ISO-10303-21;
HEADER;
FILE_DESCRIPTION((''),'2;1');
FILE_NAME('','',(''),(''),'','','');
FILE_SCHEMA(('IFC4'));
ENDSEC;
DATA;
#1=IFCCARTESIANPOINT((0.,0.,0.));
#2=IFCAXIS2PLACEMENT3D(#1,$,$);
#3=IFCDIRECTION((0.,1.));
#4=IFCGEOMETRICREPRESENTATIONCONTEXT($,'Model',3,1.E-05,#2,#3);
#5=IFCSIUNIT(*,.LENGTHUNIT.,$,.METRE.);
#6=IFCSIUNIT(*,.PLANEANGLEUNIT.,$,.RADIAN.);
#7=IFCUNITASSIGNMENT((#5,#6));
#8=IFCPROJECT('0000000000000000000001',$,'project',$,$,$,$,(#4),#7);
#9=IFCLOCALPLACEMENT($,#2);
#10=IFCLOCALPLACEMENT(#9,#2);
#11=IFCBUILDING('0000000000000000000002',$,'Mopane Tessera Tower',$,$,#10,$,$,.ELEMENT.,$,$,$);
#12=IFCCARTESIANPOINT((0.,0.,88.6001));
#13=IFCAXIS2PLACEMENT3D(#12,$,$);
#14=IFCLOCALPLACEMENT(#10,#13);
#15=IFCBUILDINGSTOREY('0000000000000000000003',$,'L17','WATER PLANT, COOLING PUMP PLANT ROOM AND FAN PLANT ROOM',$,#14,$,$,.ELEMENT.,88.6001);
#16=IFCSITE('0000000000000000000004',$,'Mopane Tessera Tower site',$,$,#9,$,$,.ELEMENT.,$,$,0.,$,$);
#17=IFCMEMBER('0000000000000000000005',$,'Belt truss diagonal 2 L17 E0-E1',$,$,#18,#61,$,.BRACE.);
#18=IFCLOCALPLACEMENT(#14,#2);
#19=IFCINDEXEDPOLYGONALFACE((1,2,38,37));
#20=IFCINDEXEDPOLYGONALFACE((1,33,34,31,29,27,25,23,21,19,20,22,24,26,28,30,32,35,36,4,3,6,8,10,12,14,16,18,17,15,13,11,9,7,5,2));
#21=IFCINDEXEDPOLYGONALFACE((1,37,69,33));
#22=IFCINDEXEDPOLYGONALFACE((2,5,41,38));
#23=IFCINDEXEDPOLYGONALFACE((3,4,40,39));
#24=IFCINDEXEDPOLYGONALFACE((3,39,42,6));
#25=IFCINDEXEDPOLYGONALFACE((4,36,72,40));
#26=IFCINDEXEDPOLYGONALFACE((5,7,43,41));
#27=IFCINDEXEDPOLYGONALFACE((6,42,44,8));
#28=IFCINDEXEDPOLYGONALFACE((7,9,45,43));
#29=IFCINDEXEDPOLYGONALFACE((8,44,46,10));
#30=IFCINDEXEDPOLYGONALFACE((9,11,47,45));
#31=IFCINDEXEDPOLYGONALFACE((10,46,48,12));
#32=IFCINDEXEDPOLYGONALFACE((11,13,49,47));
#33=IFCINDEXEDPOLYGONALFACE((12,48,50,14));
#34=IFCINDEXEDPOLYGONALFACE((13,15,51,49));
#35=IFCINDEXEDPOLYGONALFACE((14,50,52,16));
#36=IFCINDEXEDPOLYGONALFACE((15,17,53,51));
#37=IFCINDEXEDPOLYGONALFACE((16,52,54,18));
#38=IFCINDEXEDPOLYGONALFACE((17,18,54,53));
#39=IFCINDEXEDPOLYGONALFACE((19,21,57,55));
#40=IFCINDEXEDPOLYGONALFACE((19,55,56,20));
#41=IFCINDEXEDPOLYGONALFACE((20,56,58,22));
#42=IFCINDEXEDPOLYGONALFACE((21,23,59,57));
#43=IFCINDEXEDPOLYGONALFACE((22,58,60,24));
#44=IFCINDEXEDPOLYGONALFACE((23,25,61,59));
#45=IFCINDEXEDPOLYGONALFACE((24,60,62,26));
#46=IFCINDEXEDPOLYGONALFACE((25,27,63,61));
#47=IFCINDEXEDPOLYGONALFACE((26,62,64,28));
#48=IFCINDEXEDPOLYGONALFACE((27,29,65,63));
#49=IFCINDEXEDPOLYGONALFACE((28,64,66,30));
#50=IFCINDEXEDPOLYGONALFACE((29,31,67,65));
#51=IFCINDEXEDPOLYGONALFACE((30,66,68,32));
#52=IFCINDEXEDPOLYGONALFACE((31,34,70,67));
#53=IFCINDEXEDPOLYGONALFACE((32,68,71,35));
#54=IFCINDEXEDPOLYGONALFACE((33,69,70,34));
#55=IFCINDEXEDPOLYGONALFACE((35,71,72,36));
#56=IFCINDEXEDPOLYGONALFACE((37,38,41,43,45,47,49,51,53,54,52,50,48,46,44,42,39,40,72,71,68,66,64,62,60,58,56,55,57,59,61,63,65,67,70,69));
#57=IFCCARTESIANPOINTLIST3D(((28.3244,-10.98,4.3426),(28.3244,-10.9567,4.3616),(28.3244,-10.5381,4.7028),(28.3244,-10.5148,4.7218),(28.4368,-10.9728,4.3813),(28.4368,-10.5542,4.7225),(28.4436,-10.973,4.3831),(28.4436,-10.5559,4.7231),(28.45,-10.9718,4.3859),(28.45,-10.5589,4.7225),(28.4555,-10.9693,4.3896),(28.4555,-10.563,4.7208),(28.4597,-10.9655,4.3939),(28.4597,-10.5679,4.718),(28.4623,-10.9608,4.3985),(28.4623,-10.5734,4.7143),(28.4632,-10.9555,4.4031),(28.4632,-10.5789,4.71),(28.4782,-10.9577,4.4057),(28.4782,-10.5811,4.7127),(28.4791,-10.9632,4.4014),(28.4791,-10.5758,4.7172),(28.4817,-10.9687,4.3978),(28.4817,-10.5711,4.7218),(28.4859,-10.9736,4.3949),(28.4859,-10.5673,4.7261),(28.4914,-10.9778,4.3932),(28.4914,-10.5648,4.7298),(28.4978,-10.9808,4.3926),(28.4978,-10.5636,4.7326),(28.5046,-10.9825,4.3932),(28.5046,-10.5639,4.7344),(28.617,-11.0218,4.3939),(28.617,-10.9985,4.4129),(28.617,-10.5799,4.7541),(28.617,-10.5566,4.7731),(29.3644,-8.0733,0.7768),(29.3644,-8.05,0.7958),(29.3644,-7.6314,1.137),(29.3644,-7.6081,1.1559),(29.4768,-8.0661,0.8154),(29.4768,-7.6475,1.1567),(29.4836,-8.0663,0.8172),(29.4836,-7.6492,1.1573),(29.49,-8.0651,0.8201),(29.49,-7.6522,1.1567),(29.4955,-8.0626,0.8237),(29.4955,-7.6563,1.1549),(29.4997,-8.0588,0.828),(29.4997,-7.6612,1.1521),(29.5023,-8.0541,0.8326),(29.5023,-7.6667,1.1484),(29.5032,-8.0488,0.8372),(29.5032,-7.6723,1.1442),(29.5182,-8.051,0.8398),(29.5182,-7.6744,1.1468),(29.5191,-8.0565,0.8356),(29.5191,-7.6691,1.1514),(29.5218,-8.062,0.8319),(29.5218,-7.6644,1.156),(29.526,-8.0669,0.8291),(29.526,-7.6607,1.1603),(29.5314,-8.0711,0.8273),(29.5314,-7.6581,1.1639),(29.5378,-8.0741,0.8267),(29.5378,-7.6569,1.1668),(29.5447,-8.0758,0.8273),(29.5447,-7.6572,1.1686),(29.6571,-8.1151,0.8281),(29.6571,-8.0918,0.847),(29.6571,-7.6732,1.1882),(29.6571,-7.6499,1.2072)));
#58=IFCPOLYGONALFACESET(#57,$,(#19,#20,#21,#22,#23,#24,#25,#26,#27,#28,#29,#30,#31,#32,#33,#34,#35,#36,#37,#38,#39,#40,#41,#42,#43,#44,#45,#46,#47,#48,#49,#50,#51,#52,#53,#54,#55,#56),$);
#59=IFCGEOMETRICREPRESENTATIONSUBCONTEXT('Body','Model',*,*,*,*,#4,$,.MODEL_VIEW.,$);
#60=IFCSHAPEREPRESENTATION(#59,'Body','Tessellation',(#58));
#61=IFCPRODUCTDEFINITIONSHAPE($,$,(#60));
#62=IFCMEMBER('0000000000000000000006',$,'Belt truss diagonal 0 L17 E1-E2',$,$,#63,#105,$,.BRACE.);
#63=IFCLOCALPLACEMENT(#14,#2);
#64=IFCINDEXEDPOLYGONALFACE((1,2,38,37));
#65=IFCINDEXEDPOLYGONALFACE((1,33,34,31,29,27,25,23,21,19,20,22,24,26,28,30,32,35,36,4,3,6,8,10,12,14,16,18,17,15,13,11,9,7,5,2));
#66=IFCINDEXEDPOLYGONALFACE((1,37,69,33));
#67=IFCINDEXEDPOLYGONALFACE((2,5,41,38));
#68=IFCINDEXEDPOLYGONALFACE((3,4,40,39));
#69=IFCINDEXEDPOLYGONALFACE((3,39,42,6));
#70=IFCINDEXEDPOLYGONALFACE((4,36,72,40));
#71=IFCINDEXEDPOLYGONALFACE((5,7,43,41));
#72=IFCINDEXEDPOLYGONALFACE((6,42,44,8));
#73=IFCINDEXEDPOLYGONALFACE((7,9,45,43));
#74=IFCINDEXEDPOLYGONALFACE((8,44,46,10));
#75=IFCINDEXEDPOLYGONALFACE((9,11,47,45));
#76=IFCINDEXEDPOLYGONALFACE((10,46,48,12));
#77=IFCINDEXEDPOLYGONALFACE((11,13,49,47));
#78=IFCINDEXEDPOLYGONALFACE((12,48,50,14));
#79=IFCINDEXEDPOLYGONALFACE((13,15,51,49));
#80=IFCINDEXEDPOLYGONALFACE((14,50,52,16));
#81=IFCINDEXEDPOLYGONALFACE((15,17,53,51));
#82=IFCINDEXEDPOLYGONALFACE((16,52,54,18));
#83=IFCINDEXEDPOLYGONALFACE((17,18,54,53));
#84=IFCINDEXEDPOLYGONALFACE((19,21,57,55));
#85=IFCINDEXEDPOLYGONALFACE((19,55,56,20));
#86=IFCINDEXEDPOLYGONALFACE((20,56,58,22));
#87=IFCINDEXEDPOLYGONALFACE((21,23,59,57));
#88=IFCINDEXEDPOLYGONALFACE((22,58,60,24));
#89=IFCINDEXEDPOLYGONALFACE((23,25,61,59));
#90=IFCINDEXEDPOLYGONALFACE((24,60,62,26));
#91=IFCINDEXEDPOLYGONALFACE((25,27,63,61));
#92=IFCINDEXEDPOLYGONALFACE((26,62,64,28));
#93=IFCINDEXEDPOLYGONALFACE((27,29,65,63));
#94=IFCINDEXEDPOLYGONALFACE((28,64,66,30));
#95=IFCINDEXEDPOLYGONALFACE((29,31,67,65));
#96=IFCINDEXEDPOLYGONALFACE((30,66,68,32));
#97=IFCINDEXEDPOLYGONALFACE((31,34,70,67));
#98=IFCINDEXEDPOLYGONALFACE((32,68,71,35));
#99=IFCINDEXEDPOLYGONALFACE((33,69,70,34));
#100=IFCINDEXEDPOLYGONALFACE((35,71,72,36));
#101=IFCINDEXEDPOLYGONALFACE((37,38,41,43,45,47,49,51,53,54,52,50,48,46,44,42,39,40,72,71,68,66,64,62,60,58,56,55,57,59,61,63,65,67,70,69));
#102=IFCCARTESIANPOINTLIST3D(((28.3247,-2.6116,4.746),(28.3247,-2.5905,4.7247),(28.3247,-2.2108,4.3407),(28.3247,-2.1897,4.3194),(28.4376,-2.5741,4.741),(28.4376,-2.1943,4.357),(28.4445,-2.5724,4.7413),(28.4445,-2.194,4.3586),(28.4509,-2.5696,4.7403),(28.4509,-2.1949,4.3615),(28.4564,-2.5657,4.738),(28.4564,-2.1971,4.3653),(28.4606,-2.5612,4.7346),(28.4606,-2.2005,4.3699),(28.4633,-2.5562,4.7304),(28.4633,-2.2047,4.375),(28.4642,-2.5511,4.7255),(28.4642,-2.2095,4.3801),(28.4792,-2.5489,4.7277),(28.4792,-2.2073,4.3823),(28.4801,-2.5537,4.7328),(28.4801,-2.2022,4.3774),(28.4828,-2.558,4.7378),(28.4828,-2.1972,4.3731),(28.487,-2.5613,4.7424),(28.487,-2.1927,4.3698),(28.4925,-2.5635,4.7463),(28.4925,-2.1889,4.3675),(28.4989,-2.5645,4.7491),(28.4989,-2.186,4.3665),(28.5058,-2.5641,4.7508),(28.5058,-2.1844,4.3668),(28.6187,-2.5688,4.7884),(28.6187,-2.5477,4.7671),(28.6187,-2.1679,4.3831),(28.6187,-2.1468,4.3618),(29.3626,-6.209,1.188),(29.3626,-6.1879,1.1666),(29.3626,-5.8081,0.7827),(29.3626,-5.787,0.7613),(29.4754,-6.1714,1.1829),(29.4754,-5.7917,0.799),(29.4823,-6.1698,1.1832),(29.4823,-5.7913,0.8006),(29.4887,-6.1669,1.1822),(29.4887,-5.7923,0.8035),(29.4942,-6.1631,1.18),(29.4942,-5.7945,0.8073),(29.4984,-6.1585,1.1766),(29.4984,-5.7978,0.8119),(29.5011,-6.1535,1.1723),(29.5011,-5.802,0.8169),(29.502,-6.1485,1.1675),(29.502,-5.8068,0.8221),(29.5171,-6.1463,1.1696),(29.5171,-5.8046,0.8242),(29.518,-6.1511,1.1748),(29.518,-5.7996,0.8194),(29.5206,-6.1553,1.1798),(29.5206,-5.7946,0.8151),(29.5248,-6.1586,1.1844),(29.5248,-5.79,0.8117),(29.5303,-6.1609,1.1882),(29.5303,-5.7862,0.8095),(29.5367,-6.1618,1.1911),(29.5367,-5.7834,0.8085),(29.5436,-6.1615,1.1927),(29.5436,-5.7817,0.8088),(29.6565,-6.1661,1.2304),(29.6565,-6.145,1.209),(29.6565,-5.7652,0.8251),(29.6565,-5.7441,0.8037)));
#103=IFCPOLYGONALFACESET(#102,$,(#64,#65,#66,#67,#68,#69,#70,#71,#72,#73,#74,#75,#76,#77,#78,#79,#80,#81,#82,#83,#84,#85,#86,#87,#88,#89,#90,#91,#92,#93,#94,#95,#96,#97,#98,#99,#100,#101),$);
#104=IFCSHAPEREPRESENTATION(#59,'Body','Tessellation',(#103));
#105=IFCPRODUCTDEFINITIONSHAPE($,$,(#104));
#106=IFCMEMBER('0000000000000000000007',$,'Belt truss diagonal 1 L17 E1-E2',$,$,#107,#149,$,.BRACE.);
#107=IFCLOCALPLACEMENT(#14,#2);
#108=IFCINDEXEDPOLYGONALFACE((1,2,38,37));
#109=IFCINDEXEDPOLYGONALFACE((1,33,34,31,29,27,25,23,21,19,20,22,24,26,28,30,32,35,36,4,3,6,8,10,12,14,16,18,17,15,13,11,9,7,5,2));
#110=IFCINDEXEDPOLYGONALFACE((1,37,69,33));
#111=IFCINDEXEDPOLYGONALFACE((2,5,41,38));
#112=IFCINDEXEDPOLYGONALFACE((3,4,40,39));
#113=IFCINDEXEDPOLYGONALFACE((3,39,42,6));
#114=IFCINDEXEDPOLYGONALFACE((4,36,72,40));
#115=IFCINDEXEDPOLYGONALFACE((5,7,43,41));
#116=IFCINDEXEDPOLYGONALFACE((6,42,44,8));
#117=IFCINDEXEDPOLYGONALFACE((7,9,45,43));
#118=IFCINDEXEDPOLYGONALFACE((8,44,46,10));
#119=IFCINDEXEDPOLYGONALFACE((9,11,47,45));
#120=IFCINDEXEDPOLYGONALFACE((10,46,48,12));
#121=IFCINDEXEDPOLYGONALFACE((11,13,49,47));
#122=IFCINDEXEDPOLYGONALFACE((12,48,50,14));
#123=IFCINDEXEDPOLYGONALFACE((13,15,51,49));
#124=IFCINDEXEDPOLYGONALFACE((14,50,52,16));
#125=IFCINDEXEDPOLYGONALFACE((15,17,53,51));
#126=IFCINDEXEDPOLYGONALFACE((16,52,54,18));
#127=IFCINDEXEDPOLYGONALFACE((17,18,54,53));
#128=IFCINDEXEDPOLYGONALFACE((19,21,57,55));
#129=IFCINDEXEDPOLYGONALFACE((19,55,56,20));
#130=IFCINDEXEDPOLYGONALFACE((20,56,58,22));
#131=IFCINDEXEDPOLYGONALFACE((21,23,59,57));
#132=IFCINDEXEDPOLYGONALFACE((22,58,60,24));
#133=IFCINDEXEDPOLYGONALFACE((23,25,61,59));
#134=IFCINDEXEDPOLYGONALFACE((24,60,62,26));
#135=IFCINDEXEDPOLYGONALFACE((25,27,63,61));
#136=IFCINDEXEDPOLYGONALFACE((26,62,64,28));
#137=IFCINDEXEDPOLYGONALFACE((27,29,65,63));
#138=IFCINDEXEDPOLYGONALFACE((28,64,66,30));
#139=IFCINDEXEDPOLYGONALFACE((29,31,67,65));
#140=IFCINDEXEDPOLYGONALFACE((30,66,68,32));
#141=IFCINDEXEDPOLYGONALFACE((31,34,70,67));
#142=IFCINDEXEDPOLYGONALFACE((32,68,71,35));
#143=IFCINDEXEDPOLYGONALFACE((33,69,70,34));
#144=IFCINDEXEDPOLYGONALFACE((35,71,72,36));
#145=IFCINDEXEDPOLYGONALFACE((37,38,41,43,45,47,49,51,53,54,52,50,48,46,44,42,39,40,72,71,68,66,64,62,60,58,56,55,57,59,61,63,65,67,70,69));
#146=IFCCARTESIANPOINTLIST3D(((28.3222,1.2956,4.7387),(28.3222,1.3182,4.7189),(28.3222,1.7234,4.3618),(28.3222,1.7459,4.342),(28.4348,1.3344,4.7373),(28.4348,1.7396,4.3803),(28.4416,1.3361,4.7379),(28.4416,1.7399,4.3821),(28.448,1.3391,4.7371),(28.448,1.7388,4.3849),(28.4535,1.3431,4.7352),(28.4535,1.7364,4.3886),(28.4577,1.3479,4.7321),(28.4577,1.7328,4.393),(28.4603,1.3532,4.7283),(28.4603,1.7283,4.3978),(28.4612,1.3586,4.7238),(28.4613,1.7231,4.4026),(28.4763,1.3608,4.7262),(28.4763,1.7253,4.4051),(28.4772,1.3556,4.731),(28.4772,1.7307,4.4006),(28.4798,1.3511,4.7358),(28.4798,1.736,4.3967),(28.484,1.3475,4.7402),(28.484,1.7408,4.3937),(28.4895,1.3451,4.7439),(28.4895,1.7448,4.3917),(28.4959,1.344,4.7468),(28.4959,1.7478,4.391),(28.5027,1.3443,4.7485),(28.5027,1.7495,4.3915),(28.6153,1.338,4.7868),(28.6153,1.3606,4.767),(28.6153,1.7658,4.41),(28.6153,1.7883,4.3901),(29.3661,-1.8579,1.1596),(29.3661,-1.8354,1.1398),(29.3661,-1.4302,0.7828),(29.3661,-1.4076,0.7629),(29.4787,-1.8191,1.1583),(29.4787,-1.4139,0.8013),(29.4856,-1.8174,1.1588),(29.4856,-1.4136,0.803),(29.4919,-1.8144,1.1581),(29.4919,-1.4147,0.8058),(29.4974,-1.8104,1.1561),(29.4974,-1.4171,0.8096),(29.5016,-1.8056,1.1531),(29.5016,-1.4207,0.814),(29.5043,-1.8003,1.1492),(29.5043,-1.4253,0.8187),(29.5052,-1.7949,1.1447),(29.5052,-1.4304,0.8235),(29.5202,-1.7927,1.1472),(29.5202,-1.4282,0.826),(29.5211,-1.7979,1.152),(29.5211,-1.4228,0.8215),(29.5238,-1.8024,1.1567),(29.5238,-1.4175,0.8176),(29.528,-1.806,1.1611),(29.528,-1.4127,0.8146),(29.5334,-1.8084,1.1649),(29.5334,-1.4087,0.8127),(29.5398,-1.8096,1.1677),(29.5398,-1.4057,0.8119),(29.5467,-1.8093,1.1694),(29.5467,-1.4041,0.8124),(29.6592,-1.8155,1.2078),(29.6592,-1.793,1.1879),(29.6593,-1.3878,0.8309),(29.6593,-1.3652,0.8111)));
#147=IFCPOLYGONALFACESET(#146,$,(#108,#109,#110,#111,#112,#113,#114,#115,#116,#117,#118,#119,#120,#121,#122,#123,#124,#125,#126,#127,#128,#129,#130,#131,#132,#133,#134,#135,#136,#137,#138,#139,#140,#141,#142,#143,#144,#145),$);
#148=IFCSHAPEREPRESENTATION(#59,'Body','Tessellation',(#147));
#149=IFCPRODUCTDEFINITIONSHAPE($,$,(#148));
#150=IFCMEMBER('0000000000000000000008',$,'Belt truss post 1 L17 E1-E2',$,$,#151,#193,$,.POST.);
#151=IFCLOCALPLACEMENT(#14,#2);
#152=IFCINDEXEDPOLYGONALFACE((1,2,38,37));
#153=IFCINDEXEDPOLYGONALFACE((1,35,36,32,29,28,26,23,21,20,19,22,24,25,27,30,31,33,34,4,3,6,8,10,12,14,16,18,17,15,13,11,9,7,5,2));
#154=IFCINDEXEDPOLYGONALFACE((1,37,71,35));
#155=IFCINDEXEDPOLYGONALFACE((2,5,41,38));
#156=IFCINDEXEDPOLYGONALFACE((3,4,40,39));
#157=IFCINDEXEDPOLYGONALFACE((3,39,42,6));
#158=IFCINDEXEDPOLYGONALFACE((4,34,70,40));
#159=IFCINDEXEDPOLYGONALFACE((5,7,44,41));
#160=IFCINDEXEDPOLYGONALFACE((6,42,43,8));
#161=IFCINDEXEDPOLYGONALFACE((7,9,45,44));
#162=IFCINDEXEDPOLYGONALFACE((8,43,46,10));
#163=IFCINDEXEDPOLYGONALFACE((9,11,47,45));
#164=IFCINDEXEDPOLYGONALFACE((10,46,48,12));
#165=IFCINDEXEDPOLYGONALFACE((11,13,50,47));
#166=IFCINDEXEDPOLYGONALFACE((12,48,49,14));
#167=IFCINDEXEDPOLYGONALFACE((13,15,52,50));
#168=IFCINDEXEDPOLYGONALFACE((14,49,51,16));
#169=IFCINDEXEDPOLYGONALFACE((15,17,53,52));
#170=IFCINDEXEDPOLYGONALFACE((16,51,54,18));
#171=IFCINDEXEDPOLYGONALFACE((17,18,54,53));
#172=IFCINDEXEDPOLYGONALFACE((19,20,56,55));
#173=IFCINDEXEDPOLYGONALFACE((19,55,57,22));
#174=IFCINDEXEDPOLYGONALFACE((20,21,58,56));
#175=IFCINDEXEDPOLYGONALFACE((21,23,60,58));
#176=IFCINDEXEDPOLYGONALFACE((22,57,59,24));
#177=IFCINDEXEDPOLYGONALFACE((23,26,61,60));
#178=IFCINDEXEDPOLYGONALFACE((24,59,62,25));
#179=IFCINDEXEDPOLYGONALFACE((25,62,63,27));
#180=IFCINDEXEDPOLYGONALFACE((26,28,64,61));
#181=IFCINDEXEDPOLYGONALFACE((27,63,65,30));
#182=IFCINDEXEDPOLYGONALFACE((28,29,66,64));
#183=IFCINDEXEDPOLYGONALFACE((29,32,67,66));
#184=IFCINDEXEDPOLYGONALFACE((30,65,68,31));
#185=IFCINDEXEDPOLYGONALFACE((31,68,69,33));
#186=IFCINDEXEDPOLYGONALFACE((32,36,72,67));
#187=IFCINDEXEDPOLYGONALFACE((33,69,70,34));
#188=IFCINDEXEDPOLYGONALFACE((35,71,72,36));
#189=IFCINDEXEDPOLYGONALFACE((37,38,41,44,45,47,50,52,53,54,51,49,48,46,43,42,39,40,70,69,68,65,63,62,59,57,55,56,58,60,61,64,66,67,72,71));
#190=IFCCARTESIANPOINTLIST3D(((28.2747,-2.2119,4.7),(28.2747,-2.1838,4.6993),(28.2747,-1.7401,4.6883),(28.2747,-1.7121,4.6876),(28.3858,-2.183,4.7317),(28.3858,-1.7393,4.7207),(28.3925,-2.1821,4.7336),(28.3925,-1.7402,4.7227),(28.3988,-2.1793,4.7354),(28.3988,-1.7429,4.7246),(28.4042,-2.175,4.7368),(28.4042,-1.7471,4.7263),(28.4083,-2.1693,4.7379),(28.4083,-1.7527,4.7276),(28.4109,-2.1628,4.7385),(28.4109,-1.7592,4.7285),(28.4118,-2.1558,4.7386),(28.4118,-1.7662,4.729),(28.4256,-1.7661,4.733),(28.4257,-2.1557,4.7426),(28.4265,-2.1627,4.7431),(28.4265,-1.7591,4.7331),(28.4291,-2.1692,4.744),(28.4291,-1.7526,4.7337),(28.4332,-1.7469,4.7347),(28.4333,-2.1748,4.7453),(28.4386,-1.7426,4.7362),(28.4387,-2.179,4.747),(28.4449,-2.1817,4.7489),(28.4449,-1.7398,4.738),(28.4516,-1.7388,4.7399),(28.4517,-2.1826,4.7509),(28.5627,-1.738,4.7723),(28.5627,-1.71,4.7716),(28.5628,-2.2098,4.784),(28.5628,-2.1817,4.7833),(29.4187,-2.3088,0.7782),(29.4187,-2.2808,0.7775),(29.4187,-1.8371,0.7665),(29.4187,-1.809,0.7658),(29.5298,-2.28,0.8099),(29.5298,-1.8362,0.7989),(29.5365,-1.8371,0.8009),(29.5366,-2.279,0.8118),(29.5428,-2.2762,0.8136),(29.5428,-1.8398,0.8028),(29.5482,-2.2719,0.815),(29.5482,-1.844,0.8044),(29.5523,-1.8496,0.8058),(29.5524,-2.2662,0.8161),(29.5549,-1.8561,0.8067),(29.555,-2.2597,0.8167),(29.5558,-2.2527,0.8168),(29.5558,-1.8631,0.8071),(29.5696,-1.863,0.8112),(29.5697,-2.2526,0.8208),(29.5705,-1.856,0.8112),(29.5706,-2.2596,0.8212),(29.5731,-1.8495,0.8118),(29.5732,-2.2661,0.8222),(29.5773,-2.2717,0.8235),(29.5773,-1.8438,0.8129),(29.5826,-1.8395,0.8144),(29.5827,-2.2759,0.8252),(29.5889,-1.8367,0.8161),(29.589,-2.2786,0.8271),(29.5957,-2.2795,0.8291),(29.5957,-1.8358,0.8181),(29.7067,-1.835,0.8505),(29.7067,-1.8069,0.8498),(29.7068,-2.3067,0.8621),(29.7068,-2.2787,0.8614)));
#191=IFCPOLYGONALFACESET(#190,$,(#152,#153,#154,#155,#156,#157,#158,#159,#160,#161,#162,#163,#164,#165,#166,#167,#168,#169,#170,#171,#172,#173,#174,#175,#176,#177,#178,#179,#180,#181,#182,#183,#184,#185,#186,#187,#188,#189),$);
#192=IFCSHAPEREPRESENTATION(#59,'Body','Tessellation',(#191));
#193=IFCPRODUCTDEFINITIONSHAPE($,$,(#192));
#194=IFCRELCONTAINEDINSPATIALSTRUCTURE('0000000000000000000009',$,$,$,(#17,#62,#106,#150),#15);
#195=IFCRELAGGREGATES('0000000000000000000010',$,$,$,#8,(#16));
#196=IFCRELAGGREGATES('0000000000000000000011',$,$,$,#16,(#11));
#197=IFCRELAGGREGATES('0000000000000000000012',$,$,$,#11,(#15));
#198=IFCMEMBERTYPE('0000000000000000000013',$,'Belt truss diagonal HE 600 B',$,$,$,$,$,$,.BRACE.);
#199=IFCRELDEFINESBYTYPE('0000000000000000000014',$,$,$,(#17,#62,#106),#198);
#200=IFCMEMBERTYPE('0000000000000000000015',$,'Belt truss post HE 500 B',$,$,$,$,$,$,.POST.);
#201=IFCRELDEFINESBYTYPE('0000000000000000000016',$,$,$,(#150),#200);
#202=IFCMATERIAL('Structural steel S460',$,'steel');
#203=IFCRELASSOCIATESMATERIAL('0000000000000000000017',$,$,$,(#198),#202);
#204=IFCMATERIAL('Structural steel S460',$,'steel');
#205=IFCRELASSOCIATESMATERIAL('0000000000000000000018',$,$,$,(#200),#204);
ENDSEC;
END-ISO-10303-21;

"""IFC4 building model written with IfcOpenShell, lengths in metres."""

from ifc_helpers import new_model, si_unit, direction, frame, origin, origin_2d, place, context, subcontext, project, spatial, i_section, extrude, material, material_profile, profile_set, type_object, element, save


model = new_model("IFC4")

# Units and contexts
model_context = context("Model", 3, precision=1e-05, world=origin(), true_north=direction((0.0, 1.0)))
body_context = subcontext(model_context, "Body", "Model", "MODEL_VIEW")
ifc_project = project(units=[si_unit("LENGTHUNIT", "METRE"), si_unit("PLANEANGLEUNIT", "RADIAN")], contexts=[model_context])

# Site, building, storey
site_placement = place(None, origin())
site = spatial("IfcSite", under=ifc_project, at=site_placement, Name="Mopane Tessera Tower site", CompositionType="ELEMENT", RefElevation=0.0)
building_placement = place(site_placement, origin())
building = spatial("IfcBuilding", under=site, at=building_placement, Name="Mopane Tessera Tower", CompositionType="ELEMENT")
storey_placement = place(building_placement, frame((0.0, 0.0, 88.6001)))
storey = spatial("IfcBuildingStorey", under=building, at=storey_placement, Name="L17", Description="WATER PLANT, COOLING PUMP PLANT ROOM AND FAN PLANT ROOM", CompositionType="ELEMENT", Elevation=88.6001)

# Members
ifc_material_1 = material(Name="Structural steel S460", Category="steel")
ifc_material_profile_1 = material_profile(ifc_material_1, i_section(OverallWidth=0.3, OverallDepth=0.6001, WebThickness=0.0154, FlangeThickness=0.03, FilletRadius=0.0271, at=origin_2d()))
ifc_profile_set_1 = profile_set([ifc_material_profile_1], Name="Structural steel S460")
member_type_1 = type_object("IfcMemberType", Name="Belt truss diagonal HE 600 B", PredefinedType="BRACE", material=ifc_profile_set_1)
member_1_placement = place(storey_placement, frame((28.4707, -10.7683, 4.5579), z_axis=(0.220505, 0.616275, -0.756031), x_axis=(-0.975386, 0.139321, -0.170916)))
element("IfcMember", 1, at=member_1_placement, inside=storey, type_object=member_type_1, Name="Belt truss diagonal 2 L17 E0-E1", PredefinedType="BRACE", context=body_context, shape_type="SweptSolid", body=[
    extrude(i_section(OverallWidth=0.3, OverallDepth=0.6001, WebThickness=0.0154, FlangeThickness=0.03, FilletRadius=0.0271, at=origin_2d()), origin(), (0.0, 0.0, 1.0), 4.7166),
])
member_2_placement = place(storey_placement, frame((29.5095, -5.9766, 0.9958), z_axis=(-0.200932, 0.69648, 0.68887), x_axis=(-0.979605, -0.142861, -0.141296)))
element("IfcMember", 2, at=member_2_placement, inside=storey, type_object=member_type_1, Name="Belt truss diagonal 0 L17 E1-E2", PredefinedType="BRACE", context=body_context, shape_type="SweptSolid", body=[
    extrude(i_section(OverallWidth=0.3, OverallDepth=0.6001, WebThickness=0.0154, FlangeThickness=0.03, FilletRadius=0.0271, at=origin_2d()), origin(), (0.0, 0.0, 1.0), 5.165),
])
member_3_placement = place(storey_placement, frame((29.5127, -1.6116, 0.9854), z_axis=(-0.213787, 0.645811, 0.732955), x_axis=(-0.97688, -0.141328, -0.16041)))
element("IfcMember", 3, at=member_3_placement, inside=storey, type_object=member_type_1, Name="Belt truss diagonal 1 L17 E1-E2", PredefinedType="BRACE", context=body_context, shape_type="SweptSolid", body=[
    extrude(i_section(OverallWidth=0.3, OverallDepth=0.6001, WebThickness=0.0154, FlangeThickness=0.03, FilletRadius=0.0271, at=origin_2d()), origin(), (0.0, 0.0, 1.0), 4.8831),
])
ifc_material_2 = material(Name="Structural steel S460", Category="steel")
ifc_material_profile_2 = material_profile(ifc_material_2, i_section(OverallWidth=0.3, OverallDepth=0.5, WebThickness=0.0144, FlangeThickness=0.0281, FilletRadius=0.0271, at=origin_2d()))
ifc_profile_set_2 = profile_set([ifc_material_profile_2], Name="Structural steel S460")
member_type_2 = type_object("IfcMemberType", Name="Belt truss post HE 500 B", PredefinedType="POST", material=ifc_profile_set_2)
member_4_placement = place(storey_placement, frame((29.5627, -2.0579, 0.814), z_axis=(-0.279958, 0.023718, 0.959719), x_axis=(-0.960012, -0.00702, -0.27987)))
element("IfcMember", 4, at=member_4_placement, inside=storey, type_object=member_type_2, Name="Belt truss post 1 L17 E1-E2", PredefinedType="POST", context=body_context, shape_type="SweptSolid", body=[
    extrude(i_section(OverallWidth=0.3, OverallDepth=0.5, WebThickness=0.0144, FlangeThickness=0.0281, FilletRadius=0.0271, at=origin_2d()), origin(), (0.0, 0.0, 1.0), 4.0864),
])

save(model, "model.ifc")
